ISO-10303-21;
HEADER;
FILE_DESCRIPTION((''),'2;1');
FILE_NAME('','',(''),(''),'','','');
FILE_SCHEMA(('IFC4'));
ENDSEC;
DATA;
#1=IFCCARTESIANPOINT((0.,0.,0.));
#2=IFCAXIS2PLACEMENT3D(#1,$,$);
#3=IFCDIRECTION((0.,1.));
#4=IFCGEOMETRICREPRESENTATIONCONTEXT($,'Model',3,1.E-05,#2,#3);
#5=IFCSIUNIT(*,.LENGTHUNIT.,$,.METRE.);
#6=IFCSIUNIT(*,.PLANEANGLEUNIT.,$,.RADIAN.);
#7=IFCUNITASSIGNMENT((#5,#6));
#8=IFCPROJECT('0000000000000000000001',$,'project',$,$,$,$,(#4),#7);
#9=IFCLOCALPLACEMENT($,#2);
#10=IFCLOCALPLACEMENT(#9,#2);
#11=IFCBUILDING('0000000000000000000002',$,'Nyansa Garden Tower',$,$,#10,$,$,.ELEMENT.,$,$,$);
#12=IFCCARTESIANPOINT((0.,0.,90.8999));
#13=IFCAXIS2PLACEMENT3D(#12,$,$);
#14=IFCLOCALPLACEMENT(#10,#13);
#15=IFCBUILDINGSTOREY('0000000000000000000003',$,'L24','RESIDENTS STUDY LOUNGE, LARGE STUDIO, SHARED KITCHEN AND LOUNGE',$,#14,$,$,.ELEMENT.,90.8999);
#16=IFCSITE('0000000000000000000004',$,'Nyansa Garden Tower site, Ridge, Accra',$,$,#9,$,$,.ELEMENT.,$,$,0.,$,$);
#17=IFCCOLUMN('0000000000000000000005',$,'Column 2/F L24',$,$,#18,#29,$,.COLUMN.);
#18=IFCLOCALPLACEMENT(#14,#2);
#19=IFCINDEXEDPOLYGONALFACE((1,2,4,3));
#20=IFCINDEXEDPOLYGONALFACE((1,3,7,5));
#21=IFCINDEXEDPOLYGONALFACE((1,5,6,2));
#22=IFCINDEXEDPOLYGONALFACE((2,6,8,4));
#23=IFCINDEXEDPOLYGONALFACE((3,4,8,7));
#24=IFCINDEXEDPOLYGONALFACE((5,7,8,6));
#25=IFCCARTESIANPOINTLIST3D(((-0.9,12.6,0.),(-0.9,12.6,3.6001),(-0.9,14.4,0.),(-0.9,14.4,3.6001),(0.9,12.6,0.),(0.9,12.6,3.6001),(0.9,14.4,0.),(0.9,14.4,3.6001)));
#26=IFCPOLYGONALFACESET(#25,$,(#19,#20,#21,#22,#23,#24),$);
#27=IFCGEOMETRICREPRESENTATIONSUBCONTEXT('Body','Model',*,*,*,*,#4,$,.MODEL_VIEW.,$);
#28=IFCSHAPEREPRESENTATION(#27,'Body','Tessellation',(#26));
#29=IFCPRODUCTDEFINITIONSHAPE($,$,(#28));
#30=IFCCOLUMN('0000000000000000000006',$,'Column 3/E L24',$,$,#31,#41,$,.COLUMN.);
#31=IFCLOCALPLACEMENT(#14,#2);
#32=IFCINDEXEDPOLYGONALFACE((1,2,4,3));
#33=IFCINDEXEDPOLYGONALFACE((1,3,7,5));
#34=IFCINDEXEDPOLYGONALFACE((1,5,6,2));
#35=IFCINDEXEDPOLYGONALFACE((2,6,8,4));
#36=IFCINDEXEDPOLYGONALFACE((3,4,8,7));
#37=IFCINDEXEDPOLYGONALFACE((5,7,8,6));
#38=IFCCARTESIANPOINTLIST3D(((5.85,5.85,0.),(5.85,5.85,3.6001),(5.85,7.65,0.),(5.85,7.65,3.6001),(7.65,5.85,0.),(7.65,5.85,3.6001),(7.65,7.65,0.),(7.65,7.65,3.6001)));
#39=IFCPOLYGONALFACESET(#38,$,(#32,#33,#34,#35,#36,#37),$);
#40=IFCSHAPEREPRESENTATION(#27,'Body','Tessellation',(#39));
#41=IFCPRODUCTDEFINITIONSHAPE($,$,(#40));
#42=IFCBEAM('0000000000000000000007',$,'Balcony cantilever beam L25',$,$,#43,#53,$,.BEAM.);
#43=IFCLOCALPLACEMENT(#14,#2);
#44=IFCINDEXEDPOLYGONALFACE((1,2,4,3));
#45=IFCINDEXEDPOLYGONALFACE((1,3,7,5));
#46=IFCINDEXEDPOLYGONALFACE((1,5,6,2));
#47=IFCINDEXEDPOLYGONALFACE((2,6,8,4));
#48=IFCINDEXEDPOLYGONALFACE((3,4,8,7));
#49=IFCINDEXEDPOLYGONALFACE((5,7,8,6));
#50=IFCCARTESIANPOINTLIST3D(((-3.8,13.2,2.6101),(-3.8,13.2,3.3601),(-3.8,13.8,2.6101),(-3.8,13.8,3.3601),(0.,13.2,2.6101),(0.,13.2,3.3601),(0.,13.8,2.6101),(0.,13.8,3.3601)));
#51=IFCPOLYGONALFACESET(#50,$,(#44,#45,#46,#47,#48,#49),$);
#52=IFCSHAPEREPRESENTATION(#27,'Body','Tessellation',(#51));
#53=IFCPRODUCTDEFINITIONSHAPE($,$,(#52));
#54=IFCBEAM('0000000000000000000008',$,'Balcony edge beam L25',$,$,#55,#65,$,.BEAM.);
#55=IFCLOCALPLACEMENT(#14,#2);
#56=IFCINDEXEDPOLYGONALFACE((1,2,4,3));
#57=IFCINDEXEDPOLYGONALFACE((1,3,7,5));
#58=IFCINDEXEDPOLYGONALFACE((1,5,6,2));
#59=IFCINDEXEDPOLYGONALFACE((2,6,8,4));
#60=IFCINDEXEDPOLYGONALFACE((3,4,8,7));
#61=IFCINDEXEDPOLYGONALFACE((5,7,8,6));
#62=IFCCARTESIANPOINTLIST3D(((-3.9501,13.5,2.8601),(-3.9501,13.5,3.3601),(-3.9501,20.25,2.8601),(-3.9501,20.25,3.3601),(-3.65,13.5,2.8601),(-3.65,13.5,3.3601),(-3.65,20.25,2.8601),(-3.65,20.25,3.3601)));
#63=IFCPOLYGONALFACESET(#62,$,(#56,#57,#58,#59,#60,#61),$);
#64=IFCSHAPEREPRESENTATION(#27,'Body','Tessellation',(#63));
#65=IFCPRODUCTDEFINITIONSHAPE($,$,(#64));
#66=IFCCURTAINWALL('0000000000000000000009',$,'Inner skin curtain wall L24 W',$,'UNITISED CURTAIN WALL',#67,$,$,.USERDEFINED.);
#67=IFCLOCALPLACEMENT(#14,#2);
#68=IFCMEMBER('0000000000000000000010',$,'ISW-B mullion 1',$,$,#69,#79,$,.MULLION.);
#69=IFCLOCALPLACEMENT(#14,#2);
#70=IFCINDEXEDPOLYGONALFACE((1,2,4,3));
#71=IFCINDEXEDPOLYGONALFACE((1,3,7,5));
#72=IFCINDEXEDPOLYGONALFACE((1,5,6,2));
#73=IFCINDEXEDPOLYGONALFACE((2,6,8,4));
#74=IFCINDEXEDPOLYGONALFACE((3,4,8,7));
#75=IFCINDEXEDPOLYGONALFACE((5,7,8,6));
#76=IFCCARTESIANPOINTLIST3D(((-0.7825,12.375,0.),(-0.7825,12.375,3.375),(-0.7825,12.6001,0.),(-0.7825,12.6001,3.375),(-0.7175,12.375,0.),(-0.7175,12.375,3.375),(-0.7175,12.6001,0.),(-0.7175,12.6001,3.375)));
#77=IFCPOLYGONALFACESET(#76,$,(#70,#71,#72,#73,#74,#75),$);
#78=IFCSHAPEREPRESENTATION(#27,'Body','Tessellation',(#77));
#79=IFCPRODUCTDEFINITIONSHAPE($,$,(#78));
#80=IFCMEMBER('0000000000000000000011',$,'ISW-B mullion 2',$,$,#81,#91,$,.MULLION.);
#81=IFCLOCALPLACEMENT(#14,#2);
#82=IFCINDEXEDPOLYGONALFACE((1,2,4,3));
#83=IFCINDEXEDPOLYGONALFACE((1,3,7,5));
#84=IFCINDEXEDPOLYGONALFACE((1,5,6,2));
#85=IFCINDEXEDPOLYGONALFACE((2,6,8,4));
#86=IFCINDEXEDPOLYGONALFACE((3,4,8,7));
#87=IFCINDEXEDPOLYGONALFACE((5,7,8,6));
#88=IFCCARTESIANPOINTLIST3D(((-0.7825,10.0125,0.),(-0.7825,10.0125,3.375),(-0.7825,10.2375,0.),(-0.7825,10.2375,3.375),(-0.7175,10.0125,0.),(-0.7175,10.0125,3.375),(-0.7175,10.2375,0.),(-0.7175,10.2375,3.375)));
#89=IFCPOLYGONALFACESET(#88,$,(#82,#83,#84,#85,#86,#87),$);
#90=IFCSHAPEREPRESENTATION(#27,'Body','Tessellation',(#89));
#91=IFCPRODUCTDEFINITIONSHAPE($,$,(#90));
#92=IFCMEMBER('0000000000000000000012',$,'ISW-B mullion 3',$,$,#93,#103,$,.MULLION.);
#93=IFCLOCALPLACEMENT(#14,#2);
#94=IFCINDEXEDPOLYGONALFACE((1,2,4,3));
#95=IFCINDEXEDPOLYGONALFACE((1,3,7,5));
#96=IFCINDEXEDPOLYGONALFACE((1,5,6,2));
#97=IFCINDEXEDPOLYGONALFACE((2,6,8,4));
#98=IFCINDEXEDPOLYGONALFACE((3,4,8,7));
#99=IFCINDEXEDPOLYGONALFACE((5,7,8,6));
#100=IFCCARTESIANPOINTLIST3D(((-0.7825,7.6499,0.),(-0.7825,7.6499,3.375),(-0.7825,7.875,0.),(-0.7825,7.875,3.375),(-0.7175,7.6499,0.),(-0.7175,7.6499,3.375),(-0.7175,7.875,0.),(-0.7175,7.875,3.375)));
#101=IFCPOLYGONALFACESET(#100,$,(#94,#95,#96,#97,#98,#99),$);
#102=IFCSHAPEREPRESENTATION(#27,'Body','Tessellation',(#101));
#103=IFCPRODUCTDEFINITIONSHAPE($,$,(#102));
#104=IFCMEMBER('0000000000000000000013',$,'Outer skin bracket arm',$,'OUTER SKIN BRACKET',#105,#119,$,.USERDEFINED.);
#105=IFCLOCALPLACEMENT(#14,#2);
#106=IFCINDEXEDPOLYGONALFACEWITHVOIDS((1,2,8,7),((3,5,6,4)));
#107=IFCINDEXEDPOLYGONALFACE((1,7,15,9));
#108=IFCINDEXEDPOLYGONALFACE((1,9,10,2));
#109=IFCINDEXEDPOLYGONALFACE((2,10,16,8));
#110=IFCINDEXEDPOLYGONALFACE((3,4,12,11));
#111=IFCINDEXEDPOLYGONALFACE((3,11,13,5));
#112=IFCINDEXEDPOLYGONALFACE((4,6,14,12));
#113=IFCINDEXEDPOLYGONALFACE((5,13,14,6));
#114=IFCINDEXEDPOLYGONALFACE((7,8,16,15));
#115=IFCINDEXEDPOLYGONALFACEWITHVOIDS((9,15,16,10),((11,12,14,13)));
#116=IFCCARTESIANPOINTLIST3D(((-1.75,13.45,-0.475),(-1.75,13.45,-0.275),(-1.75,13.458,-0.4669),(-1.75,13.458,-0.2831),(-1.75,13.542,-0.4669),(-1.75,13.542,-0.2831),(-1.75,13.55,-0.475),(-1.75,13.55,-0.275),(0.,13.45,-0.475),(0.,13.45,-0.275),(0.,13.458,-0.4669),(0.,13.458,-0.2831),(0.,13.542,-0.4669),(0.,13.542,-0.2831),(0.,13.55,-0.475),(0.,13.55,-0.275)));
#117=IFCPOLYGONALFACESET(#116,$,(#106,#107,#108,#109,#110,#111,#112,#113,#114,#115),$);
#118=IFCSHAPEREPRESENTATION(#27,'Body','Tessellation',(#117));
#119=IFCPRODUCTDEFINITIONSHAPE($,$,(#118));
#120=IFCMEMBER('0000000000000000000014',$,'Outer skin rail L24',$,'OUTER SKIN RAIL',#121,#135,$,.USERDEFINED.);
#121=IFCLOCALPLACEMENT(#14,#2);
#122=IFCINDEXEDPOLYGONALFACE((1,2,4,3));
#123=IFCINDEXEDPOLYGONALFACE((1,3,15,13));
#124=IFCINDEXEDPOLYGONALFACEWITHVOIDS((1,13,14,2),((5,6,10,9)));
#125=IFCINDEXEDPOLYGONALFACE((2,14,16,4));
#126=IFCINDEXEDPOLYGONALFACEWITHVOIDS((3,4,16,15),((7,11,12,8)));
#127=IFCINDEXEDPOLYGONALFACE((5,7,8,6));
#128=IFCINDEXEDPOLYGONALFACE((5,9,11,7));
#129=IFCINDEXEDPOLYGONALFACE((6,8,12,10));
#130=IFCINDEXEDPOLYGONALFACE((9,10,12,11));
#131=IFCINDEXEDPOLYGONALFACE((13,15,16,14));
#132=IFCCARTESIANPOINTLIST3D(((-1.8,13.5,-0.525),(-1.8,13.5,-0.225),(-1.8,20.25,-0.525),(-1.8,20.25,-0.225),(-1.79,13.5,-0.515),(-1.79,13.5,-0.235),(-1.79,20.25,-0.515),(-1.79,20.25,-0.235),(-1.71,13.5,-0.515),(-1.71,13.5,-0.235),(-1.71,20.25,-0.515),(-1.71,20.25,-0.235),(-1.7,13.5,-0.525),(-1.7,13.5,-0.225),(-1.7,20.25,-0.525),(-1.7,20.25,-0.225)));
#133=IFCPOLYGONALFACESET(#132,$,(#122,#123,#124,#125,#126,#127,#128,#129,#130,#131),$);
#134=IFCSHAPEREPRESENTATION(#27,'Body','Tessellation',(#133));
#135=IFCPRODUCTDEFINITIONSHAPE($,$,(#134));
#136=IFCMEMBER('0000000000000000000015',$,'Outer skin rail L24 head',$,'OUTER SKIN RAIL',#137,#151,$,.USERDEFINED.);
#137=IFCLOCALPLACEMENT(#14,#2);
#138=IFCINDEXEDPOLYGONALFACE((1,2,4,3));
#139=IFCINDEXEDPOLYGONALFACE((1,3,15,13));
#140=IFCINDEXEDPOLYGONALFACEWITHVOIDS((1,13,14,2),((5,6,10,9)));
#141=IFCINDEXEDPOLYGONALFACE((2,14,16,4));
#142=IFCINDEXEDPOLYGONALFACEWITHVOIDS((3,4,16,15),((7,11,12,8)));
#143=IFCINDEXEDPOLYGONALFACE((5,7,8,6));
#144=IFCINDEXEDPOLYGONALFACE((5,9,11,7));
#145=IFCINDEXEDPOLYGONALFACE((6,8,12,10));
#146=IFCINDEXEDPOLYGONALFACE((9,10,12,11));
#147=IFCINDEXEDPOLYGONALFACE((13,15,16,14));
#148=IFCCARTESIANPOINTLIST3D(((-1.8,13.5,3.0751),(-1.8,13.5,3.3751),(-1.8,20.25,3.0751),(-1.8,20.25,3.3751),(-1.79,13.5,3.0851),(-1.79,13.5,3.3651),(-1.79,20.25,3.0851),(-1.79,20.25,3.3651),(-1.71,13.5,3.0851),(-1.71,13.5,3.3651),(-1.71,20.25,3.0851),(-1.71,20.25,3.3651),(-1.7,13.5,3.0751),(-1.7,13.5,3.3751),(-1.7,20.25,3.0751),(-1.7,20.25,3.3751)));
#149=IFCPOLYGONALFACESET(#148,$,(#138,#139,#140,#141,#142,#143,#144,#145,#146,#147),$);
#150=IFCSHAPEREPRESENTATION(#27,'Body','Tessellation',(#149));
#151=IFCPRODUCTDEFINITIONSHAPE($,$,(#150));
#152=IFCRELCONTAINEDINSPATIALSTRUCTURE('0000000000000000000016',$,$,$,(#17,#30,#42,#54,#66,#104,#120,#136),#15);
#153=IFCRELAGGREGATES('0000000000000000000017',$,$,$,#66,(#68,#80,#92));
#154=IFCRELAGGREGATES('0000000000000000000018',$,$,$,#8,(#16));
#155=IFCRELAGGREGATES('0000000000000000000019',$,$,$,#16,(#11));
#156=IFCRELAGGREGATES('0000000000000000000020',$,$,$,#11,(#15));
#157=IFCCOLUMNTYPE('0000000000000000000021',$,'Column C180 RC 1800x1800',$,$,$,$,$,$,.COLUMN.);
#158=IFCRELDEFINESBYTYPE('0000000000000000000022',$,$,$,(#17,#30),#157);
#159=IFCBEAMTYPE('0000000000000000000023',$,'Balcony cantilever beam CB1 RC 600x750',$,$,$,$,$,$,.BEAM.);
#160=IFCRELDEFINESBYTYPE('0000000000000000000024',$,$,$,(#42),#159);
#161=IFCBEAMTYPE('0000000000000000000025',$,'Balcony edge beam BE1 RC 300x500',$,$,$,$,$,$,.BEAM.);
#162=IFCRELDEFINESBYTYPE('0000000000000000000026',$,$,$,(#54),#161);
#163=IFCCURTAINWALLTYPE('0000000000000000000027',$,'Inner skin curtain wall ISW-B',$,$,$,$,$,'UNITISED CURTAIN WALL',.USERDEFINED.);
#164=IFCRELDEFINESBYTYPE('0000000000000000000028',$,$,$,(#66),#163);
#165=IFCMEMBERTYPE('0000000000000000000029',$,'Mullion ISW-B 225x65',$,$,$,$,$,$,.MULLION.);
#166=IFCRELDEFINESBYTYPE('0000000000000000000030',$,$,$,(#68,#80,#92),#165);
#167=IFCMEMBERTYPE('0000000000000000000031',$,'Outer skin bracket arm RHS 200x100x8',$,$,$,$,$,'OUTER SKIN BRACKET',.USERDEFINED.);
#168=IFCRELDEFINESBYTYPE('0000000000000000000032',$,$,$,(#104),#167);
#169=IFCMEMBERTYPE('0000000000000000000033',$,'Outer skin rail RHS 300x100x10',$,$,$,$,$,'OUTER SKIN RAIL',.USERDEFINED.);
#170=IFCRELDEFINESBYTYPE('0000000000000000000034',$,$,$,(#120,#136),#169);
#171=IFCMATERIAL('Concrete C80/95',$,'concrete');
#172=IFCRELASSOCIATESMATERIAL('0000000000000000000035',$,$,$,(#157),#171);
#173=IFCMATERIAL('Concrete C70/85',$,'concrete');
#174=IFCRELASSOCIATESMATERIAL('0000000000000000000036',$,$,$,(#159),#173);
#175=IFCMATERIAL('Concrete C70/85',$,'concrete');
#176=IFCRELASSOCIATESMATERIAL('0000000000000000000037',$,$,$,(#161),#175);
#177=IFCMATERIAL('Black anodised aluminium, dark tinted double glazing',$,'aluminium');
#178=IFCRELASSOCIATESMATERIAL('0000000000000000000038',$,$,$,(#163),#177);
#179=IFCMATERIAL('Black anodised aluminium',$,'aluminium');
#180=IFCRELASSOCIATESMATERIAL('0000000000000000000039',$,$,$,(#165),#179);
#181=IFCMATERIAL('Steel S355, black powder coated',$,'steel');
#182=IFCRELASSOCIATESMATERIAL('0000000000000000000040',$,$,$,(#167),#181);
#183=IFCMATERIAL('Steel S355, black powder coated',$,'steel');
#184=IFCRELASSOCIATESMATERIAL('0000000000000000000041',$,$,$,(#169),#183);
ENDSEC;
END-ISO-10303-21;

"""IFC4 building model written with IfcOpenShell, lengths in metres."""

from ifc_helpers import new_model, si_unit, direction, frame, origin, origin_2d, place, context, subcontext, project, spatial, rectangle, hollow_rectangle, extrude, material, material_profile, profile_set, type_object, element, aggregate, save


model = new_model("IFC4")

# Units and contexts
model_context = context("Model", 3, precision=1e-05, world=origin(), true_north=direction((0.0, 1.0)))
body_context = subcontext(model_context, "Body", "Model", "MODEL_VIEW")
ifc_project = project(units=[si_unit("LENGTHUNIT", "METRE"), si_unit("PLANEANGLEUNIT", "RADIAN")], contexts=[model_context])

# Site, building, storey
site_placement = place(None, origin())
site = spatial("IfcSite", under=ifc_project, at=site_placement, Name="Nyansa Garden Tower site, Ridge, Accra", CompositionType="ELEMENT", RefElevation=0.0)
building_placement = place(site_placement, origin())
building = spatial("IfcBuilding", under=site, at=building_placement, Name="Nyansa Garden Tower", CompositionType="ELEMENT")
storey_placement = place(building_placement, frame((0.0, 0.0, 90.8999)))
storey = spatial("IfcBuildingStorey", under=building, at=storey_placement, Name="L24", Description="RESIDENTS STUDY LOUNGE, LARGE STUDIO, SHARED KITCHEN AND LOUNGE", CompositionType="ELEMENT", Elevation=90.8999)

# Columns
ifc_material_1 = material(Name="Concrete C80/95", Category="concrete")
ifc_material_profile_1 = material_profile(ifc_material_1, rectangle(XDim=1.8, YDim=1.8, at=origin_2d()), Name="RC 1800x1800")
ifc_profile_set_1 = profile_set([ifc_material_profile_1], Name="Concrete C80/95")
column_type = type_object("IfcColumnType", Name="Column C180 RC 1800x1800", PredefinedType="COLUMN", material=ifc_profile_set_1)
for number, where, z_axis, x_axis, name in (
    (1, (0.0, 13.5, 0.0), (0.0, 0.0, 1.0), (1.0, 0.0, 0.0), "Column 2/F L24"),
    (2, (6.75, 6.75, 0.0), (0.0, 0.0, 1.0), (1.0, 0.0, 0.0), "Column 3/E L24"),
):
    element("IfcColumn", number, at=place(storey_placement, frame(where, z_axis=z_axis, x_axis=x_axis)), inside=storey, type_object=column_type, Name=name, PredefinedType="COLUMN", context=body_context, shape_type="SweptSolid", body=[
        extrude(rectangle(XDim=1.8, YDim=1.8, at=origin_2d()), origin(), (0.0, 0.0, 1.0), 3.6001),
    ])

# Beams
ifc_material_2 = material(Name="Concrete C70/85", Category="concrete")
ifc_material_profile_2 = material_profile(ifc_material_2, rectangle(XDim=0.6001, YDim=0.75, at=origin_2d()), Name="RC 600x750")
ifc_profile_set_2 = profile_set([ifc_material_profile_2], Name="Concrete C70/85")
beam_type_1 = type_object("IfcBeamType", Name="Balcony cantilever beam CB1 RC 600x750", PredefinedType="BEAM", material=ifc_profile_set_2)
beam_1_placement = place(storey_placement, frame((0.0, 13.5, 2.9851), z_axis=(-1.0, 0.0, 0.0), x_axis=(0.0, -1.0, 0.0)))
element("IfcBeam", 3, at=beam_1_placement, inside=storey, type_object=beam_type_1, Name="Balcony cantilever beam L25", PredefinedType="BEAM", context=body_context, shape_type="SweptSolid", body=[
    extrude(rectangle(XDim=0.6001, YDim=0.75, at=origin_2d()), origin(), (0.0, 0.0, 1.0), 3.8),
])
ifc_material_3 = material(Name="Concrete C70/85", Category="concrete")
ifc_material_profile_3 = material_profile(ifc_material_3, rectangle(XDim=0.3, YDim=0.5, at=origin_2d()), Name="RC 300x500")
ifc_profile_set_3 = profile_set([ifc_material_profile_3], Name="Concrete C70/85")
beam_type_2 = type_object("IfcBeamType", Name="Balcony edge beam BE1 RC 300x500", PredefinedType="BEAM", material=ifc_profile_set_3)
beam_2_placement = place(storey_placement, frame((-3.8, 13.5, 3.1101), z_axis=(0.0, 1.0, 0.0), x_axis=(-1.0, 0.0, 0.0)))
element("IfcBeam", 4, at=beam_2_placement, inside=storey, type_object=beam_type_2, Name="Balcony edge beam L25", PredefinedType="BEAM", context=body_context, shape_type="SweptSolid", body=[
    extrude(rectangle(XDim=0.3, YDim=0.5, at=origin_2d()), origin(), (0.0, 0.0, 1.0), 6.75),
])

# Curtain wall, members
ifc_material_4 = material(Name="Black anodised aluminium, dark tinted double glazing", Category="aluminium")
curtain_wall_type = type_object("IfcCurtainWallType", Name="Inner skin curtain wall ISW-B", ElementType="UNITISED CURTAIN WALL", PredefinedType="USERDEFINED", material=ifc_material_4)
curtain_wall_placement = place(storey_placement, origin())
curtain_wall = element("IfcCurtainWall", 5, at=curtain_wall_placement, inside=storey, type_object=curtain_wall_type, Name="Inner skin curtain wall L24 W", ObjectType="UNITISED CURTAIN WALL", PredefinedType="USERDEFINED")
ifc_material_5 = material(Name="Black anodised aluminium", Category="aluminium")
ifc_material_profile_4 = material_profile(ifc_material_5, rectangle(XDim=0.0649, YDim=0.2251, at=origin_2d()), Name="Mullion 225x65")
ifc_profile_set_4 = profile_set([ifc_material_profile_4], Name="Black anodised aluminium")
member_type_1 = type_object("IfcMemberType", Name="Mullion ISW-B 225x65", PredefinedType="MULLION", material=ifc_profile_set_4)
member_1_placement = place(storey_placement, frame((-0.75, 12.4875, 0.0), z_axis=(0.0, 0.0, 1.0), x_axis=(1.0, 0.0, 0.0)))
member_1 = element("IfcMember", 6, at=member_1_placement, type_object=member_type_1, Name="ISW-B mullion 1", PredefinedType="MULLION", context=body_context, shape_type="SweptSolid", body=[
    extrude(rectangle(XDim=0.0649, YDim=0.2251, at=origin_2d()), origin(), (0.0, 0.0, 1.0), 3.375),
])
member_2_placement = place(storey_placement, frame((-0.75, 10.125, 0.0), z_axis=(0.0, 0.0, 1.0), x_axis=(1.0, 0.0, 0.0)))
member_2 = element("IfcMember", 7, at=member_2_placement, type_object=member_type_1, Name="ISW-B mullion 2", PredefinedType="MULLION", context=body_context, shape_type="SweptSolid", body=[
    extrude(rectangle(XDim=0.0649, YDim=0.2251, at=origin_2d()), origin(), (0.0, 0.0, 1.0), 3.375),
])
member_3_placement = place(storey_placement, frame((-0.75, 7.7625, 0.0), z_axis=(0.0, 0.0, 1.0), x_axis=(1.0, 0.0, 0.0)))
member_3 = element("IfcMember", 8, at=member_3_placement, type_object=member_type_1, Name="ISW-B mullion 3", PredefinedType="MULLION", context=body_context, shape_type="SweptSolid", body=[
    extrude(rectangle(XDim=0.0649, YDim=0.2251, at=origin_2d()), origin(), (0.0, 0.0, 1.0), 3.375),
])

# Members
ifc_material_6 = material(Name="Steel S355, black powder coated", Category="steel")
ifc_material_profile_5 = material_profile(ifc_material_6, hollow_rectangle(XDim=0.1001, YDim=0.2, WallThickness=0.0081, at=origin_2d()), Name="RHS 200x100x8")
ifc_profile_set_5 = profile_set([ifc_material_profile_5], Name="Steel S355, black powder coated")
member_type_2 = type_object("IfcMemberType", Name="Outer skin bracket arm RHS 200x100x8", ElementType="OUTER SKIN BRACKET", PredefinedType="USERDEFINED", material=ifc_profile_set_5)
member_4_placement = place(storey_placement, frame((0.0, 13.5, -0.375), z_axis=(-1.0, 0.0, 0.0), x_axis=(0.0, -1.0, 0.0)))
element("IfcMember", 9, at=member_4_placement, inside=storey, type_object=member_type_2, Name="Outer skin bracket arm", ObjectType="OUTER SKIN BRACKET", PredefinedType="USERDEFINED", context=body_context, shape_type="SweptSolid", body=[
    extrude(hollow_rectangle(XDim=0.1001, YDim=0.2, WallThickness=0.0081, at=origin_2d()), origin(), (0.0, 0.0, 1.0), 1.75),
])
ifc_material_7 = material(Name="Steel S355, black powder coated", Category="steel")
ifc_material_profile_6 = material_profile(ifc_material_7, hollow_rectangle(XDim=0.1001, YDim=0.3, WallThickness=0.01, at=origin_2d()), Name="RHS 300x100x10")
ifc_profile_set_6 = profile_set([ifc_material_profile_6], Name="Steel S355, black powder coated")
member_type_3 = type_object("IfcMemberType", Name="Outer skin rail RHS 300x100x10", ElementType="OUTER SKIN RAIL", PredefinedType="USERDEFINED", material=ifc_profile_set_6)
for number, where, z_axis, x_axis, name in (
    (10, (-1.75, 13.5, -0.375), (0.0, 1.0, 0.0), (-1.0, 0.0, 0.0), "Outer skin rail L24"),
    (11, (-1.75, 13.5, 3.2251), (0.0, 1.0, 0.0), (-1.0, 0.0, 0.0), "Outer skin rail L24 head"),
):
    element("IfcMember", number, at=place(storey_placement, frame(where, z_axis=z_axis, x_axis=x_axis)), inside=storey, type_object=member_type_3, Name=name, ObjectType="OUTER SKIN RAIL", PredefinedType="USERDEFINED", context=body_context, shape_type="SweptSolid", body=[
        extrude(hollow_rectangle(XDim=0.1001, YDim=0.3, WallThickness=0.01, at=origin_2d()), origin(), (0.0, 0.0, 1.0), 6.75),
    ])

aggregate(curtain_wall, [member_1, member_2, member_3])

save(model, "model.ifc")
